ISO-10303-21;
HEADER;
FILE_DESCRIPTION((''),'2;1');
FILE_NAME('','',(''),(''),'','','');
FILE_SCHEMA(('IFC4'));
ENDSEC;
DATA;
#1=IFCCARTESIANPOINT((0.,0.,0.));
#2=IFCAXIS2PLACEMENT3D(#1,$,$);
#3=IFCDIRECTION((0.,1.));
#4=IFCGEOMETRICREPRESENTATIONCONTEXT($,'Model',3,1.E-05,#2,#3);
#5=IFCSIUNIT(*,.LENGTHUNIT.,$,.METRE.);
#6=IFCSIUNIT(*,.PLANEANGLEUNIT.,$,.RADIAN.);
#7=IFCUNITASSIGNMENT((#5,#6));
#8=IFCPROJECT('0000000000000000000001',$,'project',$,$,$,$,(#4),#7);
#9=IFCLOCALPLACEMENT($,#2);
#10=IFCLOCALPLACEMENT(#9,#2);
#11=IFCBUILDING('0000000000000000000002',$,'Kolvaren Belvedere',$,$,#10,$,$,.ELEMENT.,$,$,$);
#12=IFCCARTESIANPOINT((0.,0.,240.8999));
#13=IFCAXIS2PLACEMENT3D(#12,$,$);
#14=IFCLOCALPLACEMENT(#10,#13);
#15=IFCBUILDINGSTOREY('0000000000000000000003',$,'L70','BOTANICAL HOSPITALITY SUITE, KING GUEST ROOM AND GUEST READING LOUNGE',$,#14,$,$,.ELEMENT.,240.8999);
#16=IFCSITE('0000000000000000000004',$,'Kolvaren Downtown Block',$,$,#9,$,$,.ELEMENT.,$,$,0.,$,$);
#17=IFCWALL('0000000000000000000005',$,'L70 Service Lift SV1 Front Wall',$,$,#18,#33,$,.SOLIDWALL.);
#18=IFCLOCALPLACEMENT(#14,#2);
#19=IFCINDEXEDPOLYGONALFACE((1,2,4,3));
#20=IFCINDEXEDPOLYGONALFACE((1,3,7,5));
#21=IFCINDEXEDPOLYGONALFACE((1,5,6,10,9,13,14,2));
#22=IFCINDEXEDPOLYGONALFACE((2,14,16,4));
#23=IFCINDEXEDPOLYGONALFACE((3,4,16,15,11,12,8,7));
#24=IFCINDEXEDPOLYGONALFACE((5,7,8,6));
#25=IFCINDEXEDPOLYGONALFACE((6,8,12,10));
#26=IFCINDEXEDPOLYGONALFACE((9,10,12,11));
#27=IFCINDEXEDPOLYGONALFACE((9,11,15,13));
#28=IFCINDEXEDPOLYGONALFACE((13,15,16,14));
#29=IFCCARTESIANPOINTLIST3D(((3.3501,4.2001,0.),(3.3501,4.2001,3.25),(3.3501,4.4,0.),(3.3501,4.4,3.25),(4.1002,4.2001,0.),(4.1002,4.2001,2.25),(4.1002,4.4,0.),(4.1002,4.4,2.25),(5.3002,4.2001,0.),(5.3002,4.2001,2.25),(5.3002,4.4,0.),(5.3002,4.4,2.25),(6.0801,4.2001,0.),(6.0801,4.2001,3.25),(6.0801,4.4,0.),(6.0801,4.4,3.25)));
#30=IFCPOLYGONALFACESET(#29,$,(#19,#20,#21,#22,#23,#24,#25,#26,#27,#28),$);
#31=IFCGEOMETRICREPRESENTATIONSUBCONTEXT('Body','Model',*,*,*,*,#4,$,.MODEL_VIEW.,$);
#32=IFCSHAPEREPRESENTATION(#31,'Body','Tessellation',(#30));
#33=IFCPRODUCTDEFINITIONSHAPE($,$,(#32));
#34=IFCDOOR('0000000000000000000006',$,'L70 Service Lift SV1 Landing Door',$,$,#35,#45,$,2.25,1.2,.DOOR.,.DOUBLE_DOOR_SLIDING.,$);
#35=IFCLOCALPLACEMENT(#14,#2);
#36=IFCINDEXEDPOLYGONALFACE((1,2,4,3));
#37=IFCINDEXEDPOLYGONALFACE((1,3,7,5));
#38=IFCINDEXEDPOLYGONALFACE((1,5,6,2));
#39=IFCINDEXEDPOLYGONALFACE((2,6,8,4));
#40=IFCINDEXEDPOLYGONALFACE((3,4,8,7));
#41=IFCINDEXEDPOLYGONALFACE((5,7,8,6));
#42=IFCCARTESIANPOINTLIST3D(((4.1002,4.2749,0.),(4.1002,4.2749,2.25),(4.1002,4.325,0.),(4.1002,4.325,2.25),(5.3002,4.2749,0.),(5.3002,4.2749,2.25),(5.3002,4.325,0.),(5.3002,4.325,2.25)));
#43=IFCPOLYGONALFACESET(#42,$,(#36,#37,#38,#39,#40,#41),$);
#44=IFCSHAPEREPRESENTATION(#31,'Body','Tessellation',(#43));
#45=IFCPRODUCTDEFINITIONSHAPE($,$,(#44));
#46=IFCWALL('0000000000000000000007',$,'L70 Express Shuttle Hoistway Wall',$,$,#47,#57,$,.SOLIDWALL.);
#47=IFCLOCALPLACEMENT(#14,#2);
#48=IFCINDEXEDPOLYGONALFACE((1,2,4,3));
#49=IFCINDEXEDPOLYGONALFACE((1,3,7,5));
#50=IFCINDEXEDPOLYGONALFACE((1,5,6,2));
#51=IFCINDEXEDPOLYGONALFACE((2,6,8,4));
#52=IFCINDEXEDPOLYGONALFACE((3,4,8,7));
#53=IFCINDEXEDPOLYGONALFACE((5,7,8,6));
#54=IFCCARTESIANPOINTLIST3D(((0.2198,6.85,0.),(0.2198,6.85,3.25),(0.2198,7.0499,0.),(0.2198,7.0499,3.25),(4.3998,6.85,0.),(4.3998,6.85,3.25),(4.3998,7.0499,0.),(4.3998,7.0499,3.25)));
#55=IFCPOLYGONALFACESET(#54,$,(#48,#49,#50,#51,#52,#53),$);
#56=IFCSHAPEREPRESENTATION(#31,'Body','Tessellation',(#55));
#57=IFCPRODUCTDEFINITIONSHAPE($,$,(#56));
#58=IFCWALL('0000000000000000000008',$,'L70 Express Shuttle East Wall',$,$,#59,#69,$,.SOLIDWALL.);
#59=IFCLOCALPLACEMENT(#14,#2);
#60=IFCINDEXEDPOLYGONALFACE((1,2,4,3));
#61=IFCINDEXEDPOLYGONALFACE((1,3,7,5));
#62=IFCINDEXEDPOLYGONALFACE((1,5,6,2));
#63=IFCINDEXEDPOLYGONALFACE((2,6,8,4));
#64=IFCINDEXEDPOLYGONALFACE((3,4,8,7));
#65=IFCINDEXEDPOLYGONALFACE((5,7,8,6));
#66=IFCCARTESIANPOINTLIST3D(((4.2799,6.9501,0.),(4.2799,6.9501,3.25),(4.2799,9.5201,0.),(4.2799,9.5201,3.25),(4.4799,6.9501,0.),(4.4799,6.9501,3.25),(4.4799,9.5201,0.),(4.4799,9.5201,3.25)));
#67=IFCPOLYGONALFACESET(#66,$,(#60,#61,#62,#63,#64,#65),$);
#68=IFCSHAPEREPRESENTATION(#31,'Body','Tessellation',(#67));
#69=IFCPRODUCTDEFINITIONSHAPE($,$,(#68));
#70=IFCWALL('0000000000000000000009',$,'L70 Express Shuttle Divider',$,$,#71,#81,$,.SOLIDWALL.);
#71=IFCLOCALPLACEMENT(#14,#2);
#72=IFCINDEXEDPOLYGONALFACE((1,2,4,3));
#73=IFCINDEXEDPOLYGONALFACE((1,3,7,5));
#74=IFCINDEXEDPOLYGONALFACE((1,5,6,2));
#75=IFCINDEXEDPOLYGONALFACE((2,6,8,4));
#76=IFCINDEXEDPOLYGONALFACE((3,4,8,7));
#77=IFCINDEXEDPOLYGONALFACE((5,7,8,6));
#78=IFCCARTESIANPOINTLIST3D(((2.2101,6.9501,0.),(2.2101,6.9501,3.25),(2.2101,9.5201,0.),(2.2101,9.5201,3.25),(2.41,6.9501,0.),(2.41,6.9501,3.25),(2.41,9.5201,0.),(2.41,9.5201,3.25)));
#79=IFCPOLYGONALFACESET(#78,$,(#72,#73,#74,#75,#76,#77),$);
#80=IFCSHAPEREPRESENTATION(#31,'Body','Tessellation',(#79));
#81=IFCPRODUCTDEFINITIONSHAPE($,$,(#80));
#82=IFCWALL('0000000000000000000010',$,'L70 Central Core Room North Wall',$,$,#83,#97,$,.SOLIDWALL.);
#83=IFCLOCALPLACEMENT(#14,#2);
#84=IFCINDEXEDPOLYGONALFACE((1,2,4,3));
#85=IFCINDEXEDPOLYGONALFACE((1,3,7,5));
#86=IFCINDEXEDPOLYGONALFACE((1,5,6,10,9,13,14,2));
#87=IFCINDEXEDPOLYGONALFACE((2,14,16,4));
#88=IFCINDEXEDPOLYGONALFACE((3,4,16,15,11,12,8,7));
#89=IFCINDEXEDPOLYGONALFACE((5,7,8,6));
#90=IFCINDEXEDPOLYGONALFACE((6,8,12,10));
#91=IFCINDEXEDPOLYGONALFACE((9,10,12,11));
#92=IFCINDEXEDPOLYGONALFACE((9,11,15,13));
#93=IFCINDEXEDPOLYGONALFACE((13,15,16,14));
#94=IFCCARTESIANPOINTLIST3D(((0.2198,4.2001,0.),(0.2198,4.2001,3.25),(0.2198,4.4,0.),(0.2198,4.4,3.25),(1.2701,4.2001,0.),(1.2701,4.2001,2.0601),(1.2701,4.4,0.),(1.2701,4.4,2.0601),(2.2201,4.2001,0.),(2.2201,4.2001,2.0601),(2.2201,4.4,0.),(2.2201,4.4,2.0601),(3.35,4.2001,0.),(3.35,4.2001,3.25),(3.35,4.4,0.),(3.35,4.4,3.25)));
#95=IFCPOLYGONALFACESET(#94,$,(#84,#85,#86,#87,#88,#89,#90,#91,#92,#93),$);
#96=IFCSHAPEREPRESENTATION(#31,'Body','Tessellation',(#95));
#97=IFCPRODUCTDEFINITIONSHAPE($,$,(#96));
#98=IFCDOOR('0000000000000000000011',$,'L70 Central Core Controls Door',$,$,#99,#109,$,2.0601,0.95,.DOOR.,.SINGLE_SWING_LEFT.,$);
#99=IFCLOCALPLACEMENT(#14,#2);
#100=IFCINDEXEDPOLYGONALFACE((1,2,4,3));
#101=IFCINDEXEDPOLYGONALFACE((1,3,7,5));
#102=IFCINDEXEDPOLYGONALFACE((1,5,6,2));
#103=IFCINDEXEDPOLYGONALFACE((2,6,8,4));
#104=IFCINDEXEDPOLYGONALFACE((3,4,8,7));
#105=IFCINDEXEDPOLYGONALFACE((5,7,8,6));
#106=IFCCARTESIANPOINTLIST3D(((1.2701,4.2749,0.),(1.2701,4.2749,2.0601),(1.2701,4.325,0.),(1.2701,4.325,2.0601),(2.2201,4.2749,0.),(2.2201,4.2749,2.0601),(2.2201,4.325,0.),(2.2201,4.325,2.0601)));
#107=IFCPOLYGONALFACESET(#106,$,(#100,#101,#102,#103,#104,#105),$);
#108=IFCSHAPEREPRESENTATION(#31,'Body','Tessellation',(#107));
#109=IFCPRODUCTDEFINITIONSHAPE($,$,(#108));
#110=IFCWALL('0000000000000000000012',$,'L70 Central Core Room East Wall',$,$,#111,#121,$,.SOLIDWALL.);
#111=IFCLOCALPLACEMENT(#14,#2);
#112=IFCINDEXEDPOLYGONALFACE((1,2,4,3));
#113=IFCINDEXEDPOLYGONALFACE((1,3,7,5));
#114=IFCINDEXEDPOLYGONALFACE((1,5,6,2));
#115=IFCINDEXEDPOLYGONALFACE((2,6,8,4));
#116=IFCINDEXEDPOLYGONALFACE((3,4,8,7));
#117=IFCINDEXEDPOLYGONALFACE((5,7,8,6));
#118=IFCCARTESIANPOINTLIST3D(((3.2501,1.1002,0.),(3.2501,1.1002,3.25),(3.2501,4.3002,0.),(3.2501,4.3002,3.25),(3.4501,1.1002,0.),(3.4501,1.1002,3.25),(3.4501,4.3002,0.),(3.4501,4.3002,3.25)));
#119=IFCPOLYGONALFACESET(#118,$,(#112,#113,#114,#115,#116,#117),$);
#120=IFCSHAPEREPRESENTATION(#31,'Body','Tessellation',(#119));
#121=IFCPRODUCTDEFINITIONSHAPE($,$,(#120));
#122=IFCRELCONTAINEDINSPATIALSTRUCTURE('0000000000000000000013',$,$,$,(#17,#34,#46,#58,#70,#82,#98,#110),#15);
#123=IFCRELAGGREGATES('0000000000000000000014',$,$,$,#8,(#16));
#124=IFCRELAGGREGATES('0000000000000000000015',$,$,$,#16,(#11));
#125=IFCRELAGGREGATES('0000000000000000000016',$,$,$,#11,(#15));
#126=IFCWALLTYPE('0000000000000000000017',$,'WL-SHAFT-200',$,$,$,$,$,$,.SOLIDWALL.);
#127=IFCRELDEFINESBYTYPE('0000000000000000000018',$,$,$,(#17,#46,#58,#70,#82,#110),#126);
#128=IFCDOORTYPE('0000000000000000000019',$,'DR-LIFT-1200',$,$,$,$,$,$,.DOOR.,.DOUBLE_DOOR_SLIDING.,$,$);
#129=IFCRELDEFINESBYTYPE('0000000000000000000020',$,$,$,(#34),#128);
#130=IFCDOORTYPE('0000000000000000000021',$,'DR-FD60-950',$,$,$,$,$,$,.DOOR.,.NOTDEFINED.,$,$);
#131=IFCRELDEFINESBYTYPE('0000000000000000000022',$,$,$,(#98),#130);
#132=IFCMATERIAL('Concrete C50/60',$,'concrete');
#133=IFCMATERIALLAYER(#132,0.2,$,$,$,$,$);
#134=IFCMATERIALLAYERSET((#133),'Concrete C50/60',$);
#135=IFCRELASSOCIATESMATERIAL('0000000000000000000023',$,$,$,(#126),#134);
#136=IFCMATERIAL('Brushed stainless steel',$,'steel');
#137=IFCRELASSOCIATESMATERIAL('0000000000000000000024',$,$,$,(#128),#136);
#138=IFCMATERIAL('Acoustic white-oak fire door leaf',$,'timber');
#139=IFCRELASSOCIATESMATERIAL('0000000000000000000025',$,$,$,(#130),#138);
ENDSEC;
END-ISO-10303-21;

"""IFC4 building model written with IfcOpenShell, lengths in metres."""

from ifc_helpers import new_model, si_unit, direction, frame, frame_2d, origin, place, context, subcontext, project, spatial, rectangle, extrude, material, layer, layer_set, type_object, element, fill, save


model = new_model("IFC4")

# Units and contexts
model_context = context("Model", 3, precision=1e-05, world=origin(), true_north=direction((0.0, 1.0)))
body_context = subcontext(model_context, "Body", "Model", "MODEL_VIEW")
ifc_project = project(units=[si_unit("LENGTHUNIT", "METRE"), si_unit("PLANEANGLEUNIT", "RADIAN")], contexts=[model_context])

# Site, building, storey
site_placement = place(None, origin())
site = spatial("IfcSite", under=ifc_project, at=site_placement, Name="Kolvaren Downtown Block", CompositionType="ELEMENT", RefElevation=0.0)
building_placement = place(site_placement, origin())
building = spatial("IfcBuilding", under=site, at=building_placement, Name="Kolvaren Belvedere", CompositionType="ELEMENT")
storey_placement = place(building_placement, frame((0.0, 0.0, 240.8999)))
storey = spatial("IfcBuildingStorey", under=building, at=storey_placement, Name="L70", Description="BOTANICAL HOSPITALITY SUITE, KING GUEST ROOM AND GUEST READING LOUNGE", CompositionType="ELEMENT", Elevation=240.8999)

# Shared definitions
ifc_material_1 = material(Name="Concrete C50/60", Category="concrete")
ifc_layer_1 = layer(ifc_material_1, 0.2)
ifc_layer_set_1 = layer_set([ifc_layer_1], Name="Concrete C50/60")
wall_type_1 = type_object("IfcWallType", Name="WL-SHAFT-200", PredefinedType="SOLIDWALL", material=ifc_layer_set_1)

# Wall, opening, door
wall_1_placement = place(storey_placement, frame((3.3501, 4.3, 0.0), z_axis=(0.0, 0.0, 1.0), x_axis=(1.0, 0.0, 0.0)))
wall_1 = element("IfcWall", 1, at=wall_1_placement, inside=storey, type_object=wall_type_1, Name="L70 Service Lift SV1 Front Wall", PredefinedType="SOLIDWALL", context=body_context, shape_type="SweptSolid", body=[
    extrude(rectangle(XDim=2.73, YDim=0.2, at=frame_2d((1.365, 0.0))), origin(), (0.0, 0.0, 1.0), 3.25),
])
opening_1_placement = place(wall_1_placement, frame((0.75, 0.0, 0.0)))
opening_1 = element("IfcOpeningElement", 2, at=opening_1_placement, cuts=wall_1, PredefinedType="OPENING", context=body_context, shape_type="SweptSolid", body=[
    extrude(rectangle(XDim=1.2, YDim=2.25, at=frame_2d((0.6001, 1.125))), frame((0.0, 0.1099, 0.0), z_axis=(0.0, -1.0, 0.0), x_axis=(1.0, 0.0, 0.0)), (0.0, 0.0, 1.0), 0.22),
])
ifc_material_2 = material(Name="Brushed stainless steel", Category="steel")
door_type_1 = type_object("IfcDoorType", Name="DR-LIFT-1200", OperationType="DOUBLE_DOOR_SLIDING", PredefinedType="DOOR", material=ifc_material_2)
door_1_placement = place(opening_1_placement, origin())
door_1 = element("IfcDoor", 3, at=door_1_placement, inside=storey, type_object=door_type_1, Name="L70 Service Lift SV1 Landing Door", OperationType="DOUBLE_DOOR_SLIDING", OverallHeight=2.25, OverallWidth=1.2, PredefinedType="DOOR", context=body_context, shape_type="SweptSolid", body=[
    extrude(rectangle(XDim=1.2, YDim=2.25, at=frame_2d((0.6001, 1.125))), frame((0.0, 0.0249, 0.0), z_axis=(0.0, -1.0, 0.0), x_axis=(1.0, 0.0, 0.0)), (0.0, 0.0, 1.0), 0.05),
])
fill(opening_1, door_1)

# Walls
wall_2_placement = place(storey_placement, frame((0.22, 6.95, 0.0), z_axis=(0.0, 0.0, 1.0), x_axis=(1.0, 0.0, 0.0)))
element("IfcWall", 4, at=wall_2_placement, inside=storey, type_object=wall_type_1, Name="L70 Express Shuttle Hoistway Wall", PredefinedType="SOLIDWALL", context=body_context, shape_type="SweptSolid", body=[
    extrude(rectangle(XDim=4.1799, YDim=0.2, at=frame_2d((2.0898, 0.0))), origin(), (0.0, 0.0, 1.0), 3.25),
])
for number, where, z_axis, x_axis, name in (
    (5, (4.3799, 6.95, 0.0), (0.0, 0.0, 1.0), (0.0, 1.0, 0.0), "L70 Express Shuttle East Wall"),
    (6, (2.3101, 6.95, 0.0), (0.0, 0.0, 1.0), (0.0, 1.0, 0.0), "L70 Express Shuttle Divider"),
):
    element("IfcWall", number, at=place(storey_placement, frame(where, z_axis=z_axis, x_axis=x_axis)), inside=storey, type_object=wall_type_1, Name=name, PredefinedType="SOLIDWALL", context=body_context, shape_type="SweptSolid", body=[
        extrude(rectangle(XDim=2.5701, YDim=0.2, at=frame_2d((1.2852, 0.0))), origin(), (0.0, 0.0, 1.0), 3.25),
    ])

# Wall, opening, door
wall_3_placement = place(storey_placement, frame((0.22, 4.3, 0.0), z_axis=(0.0, 0.0, 1.0), x_axis=(1.0, 0.0, 0.0)))
wall_3 = element("IfcWall", 7, at=wall_3_placement, inside=storey, type_object=wall_type_1, Name="L70 Central Core Room North Wall", PredefinedType="SOLIDWALL", context=body_context, shape_type="SweptSolid", body=[
    extrude(rectangle(XDim=3.1301, YDim=0.2, at=frame_2d((1.5649, 0.0))), origin(), (0.0, 0.0, 1.0), 3.25),
])
opening_2_placement = place(wall_3_placement, frame((1.05, 0.0, 0.0)))
opening_2 = element("IfcOpeningElement", 8, at=opening_2_placement, cuts=wall_3, PredefinedType="OPENING", context=body_context, shape_type="SweptSolid", body=[
    extrude(rectangle(XDim=0.95, YDim=2.0601, at=frame_2d((0.4751, 1.03))), frame((0.0, 0.1099, 0.0), z_axis=(0.0, -1.0, 0.0), x_axis=(1.0, 0.0, 0.0)), (0.0, 0.0, 1.0), 0.22),
])
ifc_material_3 = material(Name="Acoustic white-oak fire door leaf", Category="timber")
door_type_2 = type_object("IfcDoorType", Name="DR-FD60-950", OperationType="NOTDEFINED", PredefinedType="DOOR", material=ifc_material_3)
door_2_placement = place(opening_2_placement, origin())
door_2 = element("IfcDoor", 9, at=door_2_placement, inside=storey, type_object=door_type_2, Name="L70 Central Core Controls Door", OperationType="SINGLE_SWING_LEFT", OverallHeight=2.0601, OverallWidth=0.95, PredefinedType="DOOR", context=body_context, shape_type="SweptSolid", body=[
    extrude(rectangle(XDim=0.95, YDim=2.0601, at=frame_2d((0.4751, 1.03))), frame((0.0, 0.0249, 0.0), z_axis=(0.0, -1.0, 0.0), x_axis=(1.0, 0.0, 0.0)), (0.0, 0.0, 1.0), 0.05),
])
fill(opening_2, door_2)

# Wall
wall_4_placement = place(storey_placement, frame((3.3501, 1.1001, 0.0), z_axis=(0.0, 0.0, 1.0), x_axis=(0.0, 1.0, 0.0)))
element("IfcWall", 10, at=wall_4_placement, inside=storey, type_object=wall_type_1, Name="L70 Central Core Room East Wall", PredefinedType="SOLIDWALL", context=body_context, shape_type="SweptSolid", body=[
    extrude(rectangle(XDim=3.2, YDim=0.2, at=frame_2d((1.6001, 0.0))), origin(), (0.0, 0.0, 1.0), 3.25),
])

save(model, "model.ifc")
